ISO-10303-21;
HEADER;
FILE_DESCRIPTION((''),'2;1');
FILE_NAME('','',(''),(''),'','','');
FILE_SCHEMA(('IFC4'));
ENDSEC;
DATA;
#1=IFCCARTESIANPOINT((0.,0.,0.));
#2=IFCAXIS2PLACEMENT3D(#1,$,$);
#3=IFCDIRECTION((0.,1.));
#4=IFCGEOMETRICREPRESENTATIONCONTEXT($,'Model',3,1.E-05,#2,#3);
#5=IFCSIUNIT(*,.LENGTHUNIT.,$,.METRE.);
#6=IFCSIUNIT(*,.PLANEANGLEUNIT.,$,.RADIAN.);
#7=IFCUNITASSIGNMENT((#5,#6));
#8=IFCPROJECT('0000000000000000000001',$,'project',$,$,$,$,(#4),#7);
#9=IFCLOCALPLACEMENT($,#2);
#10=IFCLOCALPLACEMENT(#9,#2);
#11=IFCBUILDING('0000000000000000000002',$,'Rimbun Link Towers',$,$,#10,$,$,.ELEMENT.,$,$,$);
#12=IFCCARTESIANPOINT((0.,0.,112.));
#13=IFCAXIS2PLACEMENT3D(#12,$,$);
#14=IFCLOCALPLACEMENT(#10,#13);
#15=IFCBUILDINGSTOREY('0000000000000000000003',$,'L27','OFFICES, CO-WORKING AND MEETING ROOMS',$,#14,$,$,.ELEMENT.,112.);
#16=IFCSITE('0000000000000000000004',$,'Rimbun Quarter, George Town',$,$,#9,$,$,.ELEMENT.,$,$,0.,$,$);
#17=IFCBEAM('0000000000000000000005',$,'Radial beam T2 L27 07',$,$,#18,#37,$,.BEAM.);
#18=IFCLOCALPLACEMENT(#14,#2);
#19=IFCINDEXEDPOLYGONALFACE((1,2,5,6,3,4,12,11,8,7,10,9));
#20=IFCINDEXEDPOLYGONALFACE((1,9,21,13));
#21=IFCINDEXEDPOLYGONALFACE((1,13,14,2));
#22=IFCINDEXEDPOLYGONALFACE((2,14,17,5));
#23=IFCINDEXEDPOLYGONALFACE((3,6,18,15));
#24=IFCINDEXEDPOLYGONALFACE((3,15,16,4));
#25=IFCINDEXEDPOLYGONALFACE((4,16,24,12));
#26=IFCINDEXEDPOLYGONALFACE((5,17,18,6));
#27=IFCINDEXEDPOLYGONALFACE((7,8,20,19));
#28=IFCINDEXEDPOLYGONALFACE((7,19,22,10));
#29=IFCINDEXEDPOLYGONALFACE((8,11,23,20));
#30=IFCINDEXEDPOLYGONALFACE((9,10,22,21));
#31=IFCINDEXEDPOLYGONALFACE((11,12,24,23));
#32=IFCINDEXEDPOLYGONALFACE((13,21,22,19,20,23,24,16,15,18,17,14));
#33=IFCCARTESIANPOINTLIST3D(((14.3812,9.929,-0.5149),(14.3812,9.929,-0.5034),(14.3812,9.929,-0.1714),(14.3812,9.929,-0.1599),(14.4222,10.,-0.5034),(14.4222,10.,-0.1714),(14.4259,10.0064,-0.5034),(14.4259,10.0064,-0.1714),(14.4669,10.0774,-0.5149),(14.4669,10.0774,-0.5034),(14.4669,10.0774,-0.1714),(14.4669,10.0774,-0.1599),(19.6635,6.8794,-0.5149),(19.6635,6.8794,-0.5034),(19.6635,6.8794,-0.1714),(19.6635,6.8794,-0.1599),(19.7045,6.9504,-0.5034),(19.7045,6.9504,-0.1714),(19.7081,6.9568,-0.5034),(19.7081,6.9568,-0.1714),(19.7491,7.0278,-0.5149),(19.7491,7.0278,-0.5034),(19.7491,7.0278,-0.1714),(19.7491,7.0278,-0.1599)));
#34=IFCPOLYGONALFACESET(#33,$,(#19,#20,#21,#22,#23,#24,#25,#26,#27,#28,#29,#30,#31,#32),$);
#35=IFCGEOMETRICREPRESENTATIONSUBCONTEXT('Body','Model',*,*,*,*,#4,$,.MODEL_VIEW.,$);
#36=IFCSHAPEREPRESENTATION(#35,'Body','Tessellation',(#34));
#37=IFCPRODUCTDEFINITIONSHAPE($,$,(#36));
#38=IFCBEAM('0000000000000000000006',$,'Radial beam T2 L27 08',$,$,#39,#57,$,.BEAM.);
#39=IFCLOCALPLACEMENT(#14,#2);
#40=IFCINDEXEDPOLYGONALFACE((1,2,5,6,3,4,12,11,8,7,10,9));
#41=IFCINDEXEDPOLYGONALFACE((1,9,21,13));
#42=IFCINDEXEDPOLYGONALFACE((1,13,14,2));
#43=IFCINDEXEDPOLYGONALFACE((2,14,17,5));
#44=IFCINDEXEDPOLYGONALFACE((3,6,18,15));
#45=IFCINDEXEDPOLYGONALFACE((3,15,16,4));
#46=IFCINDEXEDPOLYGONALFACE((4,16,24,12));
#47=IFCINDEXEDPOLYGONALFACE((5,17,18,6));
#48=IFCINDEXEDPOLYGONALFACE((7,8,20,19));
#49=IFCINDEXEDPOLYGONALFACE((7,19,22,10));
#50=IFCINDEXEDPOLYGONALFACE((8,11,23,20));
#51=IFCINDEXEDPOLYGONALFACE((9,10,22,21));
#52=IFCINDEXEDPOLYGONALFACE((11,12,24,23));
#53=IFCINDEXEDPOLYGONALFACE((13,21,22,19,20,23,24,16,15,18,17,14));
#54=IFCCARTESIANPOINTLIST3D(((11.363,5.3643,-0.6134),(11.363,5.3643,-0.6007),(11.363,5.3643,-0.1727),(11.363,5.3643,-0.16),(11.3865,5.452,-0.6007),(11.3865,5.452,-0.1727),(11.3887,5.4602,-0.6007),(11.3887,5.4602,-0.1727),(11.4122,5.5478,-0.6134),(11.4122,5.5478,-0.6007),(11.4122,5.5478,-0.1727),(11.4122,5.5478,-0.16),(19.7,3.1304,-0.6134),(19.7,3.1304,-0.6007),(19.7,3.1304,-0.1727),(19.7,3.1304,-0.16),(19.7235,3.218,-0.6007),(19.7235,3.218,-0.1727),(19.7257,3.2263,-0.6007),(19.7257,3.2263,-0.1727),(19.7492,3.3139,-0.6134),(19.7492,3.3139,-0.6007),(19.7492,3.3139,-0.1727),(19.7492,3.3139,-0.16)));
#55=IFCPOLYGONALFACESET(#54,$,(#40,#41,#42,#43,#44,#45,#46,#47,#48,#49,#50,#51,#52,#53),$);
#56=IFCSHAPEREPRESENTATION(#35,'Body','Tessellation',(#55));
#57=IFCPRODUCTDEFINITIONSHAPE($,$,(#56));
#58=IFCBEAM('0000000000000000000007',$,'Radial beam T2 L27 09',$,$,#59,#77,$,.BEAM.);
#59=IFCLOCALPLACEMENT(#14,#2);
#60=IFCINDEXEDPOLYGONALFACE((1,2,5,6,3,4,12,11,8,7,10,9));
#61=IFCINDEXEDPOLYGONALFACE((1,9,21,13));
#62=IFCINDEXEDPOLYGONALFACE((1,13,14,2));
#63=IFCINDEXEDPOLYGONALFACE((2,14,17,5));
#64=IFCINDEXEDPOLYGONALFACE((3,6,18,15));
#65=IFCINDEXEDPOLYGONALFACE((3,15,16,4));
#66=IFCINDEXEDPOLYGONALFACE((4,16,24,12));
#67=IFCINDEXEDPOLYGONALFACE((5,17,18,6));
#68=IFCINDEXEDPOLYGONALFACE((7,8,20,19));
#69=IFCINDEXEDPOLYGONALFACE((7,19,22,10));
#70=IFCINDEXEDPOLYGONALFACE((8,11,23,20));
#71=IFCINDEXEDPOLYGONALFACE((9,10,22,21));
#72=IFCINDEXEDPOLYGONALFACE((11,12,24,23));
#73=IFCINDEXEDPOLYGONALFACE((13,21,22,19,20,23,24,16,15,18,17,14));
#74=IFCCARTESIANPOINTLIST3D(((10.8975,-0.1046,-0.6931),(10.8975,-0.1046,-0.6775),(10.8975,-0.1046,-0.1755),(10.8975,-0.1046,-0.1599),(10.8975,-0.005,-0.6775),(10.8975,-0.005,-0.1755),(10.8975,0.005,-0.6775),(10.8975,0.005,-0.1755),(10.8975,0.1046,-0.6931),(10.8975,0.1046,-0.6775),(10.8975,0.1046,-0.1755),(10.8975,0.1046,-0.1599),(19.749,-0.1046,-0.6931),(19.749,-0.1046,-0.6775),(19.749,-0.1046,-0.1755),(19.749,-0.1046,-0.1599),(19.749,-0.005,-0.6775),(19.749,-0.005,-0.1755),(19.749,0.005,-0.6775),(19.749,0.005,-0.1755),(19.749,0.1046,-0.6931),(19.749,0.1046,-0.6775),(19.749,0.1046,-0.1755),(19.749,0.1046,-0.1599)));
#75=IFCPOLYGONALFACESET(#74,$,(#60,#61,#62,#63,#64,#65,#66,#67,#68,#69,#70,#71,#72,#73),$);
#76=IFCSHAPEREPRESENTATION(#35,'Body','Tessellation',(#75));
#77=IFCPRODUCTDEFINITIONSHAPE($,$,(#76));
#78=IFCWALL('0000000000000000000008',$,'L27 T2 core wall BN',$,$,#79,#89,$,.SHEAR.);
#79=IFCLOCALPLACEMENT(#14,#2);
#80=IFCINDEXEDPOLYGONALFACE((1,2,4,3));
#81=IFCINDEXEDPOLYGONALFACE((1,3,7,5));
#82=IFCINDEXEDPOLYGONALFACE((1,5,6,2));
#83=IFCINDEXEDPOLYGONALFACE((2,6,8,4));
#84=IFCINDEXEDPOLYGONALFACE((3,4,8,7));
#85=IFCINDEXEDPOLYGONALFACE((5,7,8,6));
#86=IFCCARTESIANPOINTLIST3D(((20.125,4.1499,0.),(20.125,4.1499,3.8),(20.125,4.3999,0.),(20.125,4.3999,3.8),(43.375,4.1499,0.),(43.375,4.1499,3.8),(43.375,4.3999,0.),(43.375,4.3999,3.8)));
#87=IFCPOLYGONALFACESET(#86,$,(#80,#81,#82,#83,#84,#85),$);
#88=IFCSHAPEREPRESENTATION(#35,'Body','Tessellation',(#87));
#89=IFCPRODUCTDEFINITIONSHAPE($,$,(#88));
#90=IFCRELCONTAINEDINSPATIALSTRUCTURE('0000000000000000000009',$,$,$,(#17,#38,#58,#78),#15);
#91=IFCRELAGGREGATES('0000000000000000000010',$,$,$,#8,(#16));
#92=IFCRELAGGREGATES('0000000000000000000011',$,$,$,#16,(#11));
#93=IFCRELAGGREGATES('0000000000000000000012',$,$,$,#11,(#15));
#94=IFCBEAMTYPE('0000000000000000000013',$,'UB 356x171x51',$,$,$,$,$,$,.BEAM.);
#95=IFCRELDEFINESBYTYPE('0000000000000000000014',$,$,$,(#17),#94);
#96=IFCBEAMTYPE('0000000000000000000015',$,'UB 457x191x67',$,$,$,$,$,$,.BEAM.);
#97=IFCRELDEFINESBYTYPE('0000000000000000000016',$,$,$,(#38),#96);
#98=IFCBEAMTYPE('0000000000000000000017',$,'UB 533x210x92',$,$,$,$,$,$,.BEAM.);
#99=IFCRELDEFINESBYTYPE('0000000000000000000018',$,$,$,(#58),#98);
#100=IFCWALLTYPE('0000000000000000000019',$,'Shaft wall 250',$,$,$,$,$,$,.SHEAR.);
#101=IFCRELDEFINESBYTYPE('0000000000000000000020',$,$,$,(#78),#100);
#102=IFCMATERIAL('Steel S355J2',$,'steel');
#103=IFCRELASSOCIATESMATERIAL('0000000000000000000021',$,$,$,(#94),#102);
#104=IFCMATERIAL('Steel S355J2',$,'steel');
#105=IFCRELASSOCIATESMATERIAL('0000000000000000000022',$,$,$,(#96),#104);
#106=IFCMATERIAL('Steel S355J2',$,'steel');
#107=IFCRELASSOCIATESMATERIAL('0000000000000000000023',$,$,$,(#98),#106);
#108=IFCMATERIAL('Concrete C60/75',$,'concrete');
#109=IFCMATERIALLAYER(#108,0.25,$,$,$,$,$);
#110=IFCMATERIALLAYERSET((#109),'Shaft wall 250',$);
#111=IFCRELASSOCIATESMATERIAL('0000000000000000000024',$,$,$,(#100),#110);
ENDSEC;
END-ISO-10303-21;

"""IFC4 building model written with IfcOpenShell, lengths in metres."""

from ifc_helpers import new_model, si_unit, direction, frame, frame_2d, origin, origin_2d, place, context, subcontext, project, spatial, rectangle, i_section, extrude, material, layer, layer_set, material_profile, profile_set, type_object, element, save


model = new_model("IFC4")

# Units and contexts
model_context = context("Model", 3, precision=1e-05, world=origin(), true_north=direction((0.0, 1.0)))
body_context = subcontext(model_context, "Body", "Model", "MODEL_VIEW")
ifc_project = project(units=[si_unit("LENGTHUNIT", "METRE"), si_unit("PLANEANGLEUNIT", "RADIAN")], contexts=[model_context])

# Site, building, storey
site_placement = place(None, origin())
site = spatial("IfcSite", under=ifc_project, at=site_placement, Name="Rimbun Quarter, George Town", CompositionType="ELEMENT", RefElevation=0.0)
building_placement = place(site_placement, origin())
building = spatial("IfcBuilding", under=site, at=building_placement, Name="Rimbun Link Towers", CompositionType="ELEMENT")
storey_placement = place(building_placement, frame((0.0, 0.0, 112.0)))
storey = spatial("IfcBuildingStorey", under=building, at=storey_placement, Name="L27", Description="OFFICES, CO-WORKING AND MEETING ROOMS", CompositionType="ELEMENT", Elevation=112.0)

# Beams
ifc_material_1 = material(Name="Steel S355J2", Category="steel")
ifc_material_profile_1 = material_profile(ifc_material_1, i_section(OverallWidth=0.1714, OverallDepth=0.355, WebThickness=0.0073, FlangeThickness=0.0115, at=origin_2d()), Name="UB 356x171x51")
ifc_profile_set_1 = profile_set([ifc_material_profile_1], Name="Steel S355J2")
beam_type_1 = type_object("IfcBeamType", Name="UB 356x171x51", PredefinedType="BEAM", material=ifc_profile_set_1)
beam_1_placement = place(storey_placement, frame((19.7063, 6.9536, -0.3374), z_axis=(-0.866035, 0.499983, 0.0), x_axis=(-0.499983, -0.866035, 0.0)))
element("IfcBeam", 1, at=beam_1_placement, inside=storey, type_object=beam_type_1, Name="Radial beam T2 L27 07", PredefinedType="BEAM", context=body_context, shape_type="SweptSolid", body=[
    extrude(i_section(OverallWidth=0.1714, OverallDepth=0.355, WebThickness=0.0073, FlangeThickness=0.0115, at=origin_2d()), origin(), (0.0, 0.0, 1.0), 6.0994),
])
ifc_material_2 = material(Name="Steel S355J2", Category="steel")
ifc_material_profile_2 = material_profile(ifc_material_2, i_section(OverallWidth=0.1899, OverallDepth=0.4534, WebThickness=0.0085, FlangeThickness=0.0127, at=origin_2d()), Name="UB 457x191x67")
ifc_profile_set_2 = profile_set([ifc_material_profile_2], Name="Steel S355J2")
beam_type_2 = type_object("IfcBeamType", Name="UB 457x191x67", PredefinedType="BEAM", material=ifc_profile_set_2)
beam_2_placement = place(storey_placement, frame((19.7246, 3.2222, -0.3867), z_axis=(-0.965925, 0.258821, 0.0), x_axis=(-0.258821, -0.965925, 0.0)))
element("IfcBeam", 2, at=beam_2_placement, inside=storey, type_object=beam_type_2, Name="Radial beam T2 L27 08", PredefinedType="BEAM", context=body_context, shape_type="SweptSolid", body=[
    extrude(i_section(OverallWidth=0.1899, OverallDepth=0.4534, WebThickness=0.0085, FlangeThickness=0.0127, at=origin_2d()), origin(), (0.0, 0.0, 1.0), 8.6311),
])
ifc_material_3 = material(Name="Steel S355J2", Category="steel")
ifc_material_profile_3 = material_profile(ifc_material_3, i_section(OverallWidth=0.2092, OverallDepth=0.5332, WebThickness=0.01, FlangeThickness=0.0156, at=origin_2d()), Name="UB 533x210x92")
ifc_profile_set_3 = profile_set([ifc_material_profile_3], Name="Steel S355J2")
beam_type_3 = type_object("IfcBeamType", Name="UB 533x210x92", PredefinedType="BEAM", material=ifc_profile_set_3)
beam_3_placement = place(storey_placement, frame((19.749, 0.0, -0.4265), z_axis=(-1.0, 0.0, 0.0), x_axis=(0.0, -1.0, 0.0)))
element("IfcBeam", 3, at=beam_3_placement, inside=storey, type_object=beam_type_3, Name="Radial beam T2 L27 09", PredefinedType="BEAM", context=body_context, shape_type="SweptSolid", body=[
    extrude(i_section(OverallWidth=0.2092, OverallDepth=0.5332, WebThickness=0.01, FlangeThickness=0.0156, at=origin_2d()), origin(), (0.0, 0.0, 1.0), 8.8516),
])

# Wall
ifc_material_4 = material(Name="Concrete C60/75", Category="concrete")
ifc_layer = layer(ifc_material_4, 0.25)
ifc_layer_set = layer_set([ifc_layer], Name="Shaft wall 250")
wall_type = type_object("IfcWallType", Name="Shaft wall 250", PredefinedType="SHEAR", material=ifc_layer_set)
wall_1_placement = place(storey_placement, frame((20.125, 4.2749, 0.0), z_axis=(0.0, 0.0, 1.0), x_axis=(1.0, 0.0, 0.0)))
element("IfcWall", 4, at=wall_1_placement, inside=storey, type_object=wall_type, Name="L27 T2 core wall BN", PredefinedType="SHEAR", context=body_context, shape_type="SweptSolid", body=[
    extrude(rectangle(XDim=23.25, YDim=0.25, at=frame_2d((11.625, 0.0))), origin(), (0.0, 0.0, 1.0), 3.8),
])

save(model, "model.ifc")
